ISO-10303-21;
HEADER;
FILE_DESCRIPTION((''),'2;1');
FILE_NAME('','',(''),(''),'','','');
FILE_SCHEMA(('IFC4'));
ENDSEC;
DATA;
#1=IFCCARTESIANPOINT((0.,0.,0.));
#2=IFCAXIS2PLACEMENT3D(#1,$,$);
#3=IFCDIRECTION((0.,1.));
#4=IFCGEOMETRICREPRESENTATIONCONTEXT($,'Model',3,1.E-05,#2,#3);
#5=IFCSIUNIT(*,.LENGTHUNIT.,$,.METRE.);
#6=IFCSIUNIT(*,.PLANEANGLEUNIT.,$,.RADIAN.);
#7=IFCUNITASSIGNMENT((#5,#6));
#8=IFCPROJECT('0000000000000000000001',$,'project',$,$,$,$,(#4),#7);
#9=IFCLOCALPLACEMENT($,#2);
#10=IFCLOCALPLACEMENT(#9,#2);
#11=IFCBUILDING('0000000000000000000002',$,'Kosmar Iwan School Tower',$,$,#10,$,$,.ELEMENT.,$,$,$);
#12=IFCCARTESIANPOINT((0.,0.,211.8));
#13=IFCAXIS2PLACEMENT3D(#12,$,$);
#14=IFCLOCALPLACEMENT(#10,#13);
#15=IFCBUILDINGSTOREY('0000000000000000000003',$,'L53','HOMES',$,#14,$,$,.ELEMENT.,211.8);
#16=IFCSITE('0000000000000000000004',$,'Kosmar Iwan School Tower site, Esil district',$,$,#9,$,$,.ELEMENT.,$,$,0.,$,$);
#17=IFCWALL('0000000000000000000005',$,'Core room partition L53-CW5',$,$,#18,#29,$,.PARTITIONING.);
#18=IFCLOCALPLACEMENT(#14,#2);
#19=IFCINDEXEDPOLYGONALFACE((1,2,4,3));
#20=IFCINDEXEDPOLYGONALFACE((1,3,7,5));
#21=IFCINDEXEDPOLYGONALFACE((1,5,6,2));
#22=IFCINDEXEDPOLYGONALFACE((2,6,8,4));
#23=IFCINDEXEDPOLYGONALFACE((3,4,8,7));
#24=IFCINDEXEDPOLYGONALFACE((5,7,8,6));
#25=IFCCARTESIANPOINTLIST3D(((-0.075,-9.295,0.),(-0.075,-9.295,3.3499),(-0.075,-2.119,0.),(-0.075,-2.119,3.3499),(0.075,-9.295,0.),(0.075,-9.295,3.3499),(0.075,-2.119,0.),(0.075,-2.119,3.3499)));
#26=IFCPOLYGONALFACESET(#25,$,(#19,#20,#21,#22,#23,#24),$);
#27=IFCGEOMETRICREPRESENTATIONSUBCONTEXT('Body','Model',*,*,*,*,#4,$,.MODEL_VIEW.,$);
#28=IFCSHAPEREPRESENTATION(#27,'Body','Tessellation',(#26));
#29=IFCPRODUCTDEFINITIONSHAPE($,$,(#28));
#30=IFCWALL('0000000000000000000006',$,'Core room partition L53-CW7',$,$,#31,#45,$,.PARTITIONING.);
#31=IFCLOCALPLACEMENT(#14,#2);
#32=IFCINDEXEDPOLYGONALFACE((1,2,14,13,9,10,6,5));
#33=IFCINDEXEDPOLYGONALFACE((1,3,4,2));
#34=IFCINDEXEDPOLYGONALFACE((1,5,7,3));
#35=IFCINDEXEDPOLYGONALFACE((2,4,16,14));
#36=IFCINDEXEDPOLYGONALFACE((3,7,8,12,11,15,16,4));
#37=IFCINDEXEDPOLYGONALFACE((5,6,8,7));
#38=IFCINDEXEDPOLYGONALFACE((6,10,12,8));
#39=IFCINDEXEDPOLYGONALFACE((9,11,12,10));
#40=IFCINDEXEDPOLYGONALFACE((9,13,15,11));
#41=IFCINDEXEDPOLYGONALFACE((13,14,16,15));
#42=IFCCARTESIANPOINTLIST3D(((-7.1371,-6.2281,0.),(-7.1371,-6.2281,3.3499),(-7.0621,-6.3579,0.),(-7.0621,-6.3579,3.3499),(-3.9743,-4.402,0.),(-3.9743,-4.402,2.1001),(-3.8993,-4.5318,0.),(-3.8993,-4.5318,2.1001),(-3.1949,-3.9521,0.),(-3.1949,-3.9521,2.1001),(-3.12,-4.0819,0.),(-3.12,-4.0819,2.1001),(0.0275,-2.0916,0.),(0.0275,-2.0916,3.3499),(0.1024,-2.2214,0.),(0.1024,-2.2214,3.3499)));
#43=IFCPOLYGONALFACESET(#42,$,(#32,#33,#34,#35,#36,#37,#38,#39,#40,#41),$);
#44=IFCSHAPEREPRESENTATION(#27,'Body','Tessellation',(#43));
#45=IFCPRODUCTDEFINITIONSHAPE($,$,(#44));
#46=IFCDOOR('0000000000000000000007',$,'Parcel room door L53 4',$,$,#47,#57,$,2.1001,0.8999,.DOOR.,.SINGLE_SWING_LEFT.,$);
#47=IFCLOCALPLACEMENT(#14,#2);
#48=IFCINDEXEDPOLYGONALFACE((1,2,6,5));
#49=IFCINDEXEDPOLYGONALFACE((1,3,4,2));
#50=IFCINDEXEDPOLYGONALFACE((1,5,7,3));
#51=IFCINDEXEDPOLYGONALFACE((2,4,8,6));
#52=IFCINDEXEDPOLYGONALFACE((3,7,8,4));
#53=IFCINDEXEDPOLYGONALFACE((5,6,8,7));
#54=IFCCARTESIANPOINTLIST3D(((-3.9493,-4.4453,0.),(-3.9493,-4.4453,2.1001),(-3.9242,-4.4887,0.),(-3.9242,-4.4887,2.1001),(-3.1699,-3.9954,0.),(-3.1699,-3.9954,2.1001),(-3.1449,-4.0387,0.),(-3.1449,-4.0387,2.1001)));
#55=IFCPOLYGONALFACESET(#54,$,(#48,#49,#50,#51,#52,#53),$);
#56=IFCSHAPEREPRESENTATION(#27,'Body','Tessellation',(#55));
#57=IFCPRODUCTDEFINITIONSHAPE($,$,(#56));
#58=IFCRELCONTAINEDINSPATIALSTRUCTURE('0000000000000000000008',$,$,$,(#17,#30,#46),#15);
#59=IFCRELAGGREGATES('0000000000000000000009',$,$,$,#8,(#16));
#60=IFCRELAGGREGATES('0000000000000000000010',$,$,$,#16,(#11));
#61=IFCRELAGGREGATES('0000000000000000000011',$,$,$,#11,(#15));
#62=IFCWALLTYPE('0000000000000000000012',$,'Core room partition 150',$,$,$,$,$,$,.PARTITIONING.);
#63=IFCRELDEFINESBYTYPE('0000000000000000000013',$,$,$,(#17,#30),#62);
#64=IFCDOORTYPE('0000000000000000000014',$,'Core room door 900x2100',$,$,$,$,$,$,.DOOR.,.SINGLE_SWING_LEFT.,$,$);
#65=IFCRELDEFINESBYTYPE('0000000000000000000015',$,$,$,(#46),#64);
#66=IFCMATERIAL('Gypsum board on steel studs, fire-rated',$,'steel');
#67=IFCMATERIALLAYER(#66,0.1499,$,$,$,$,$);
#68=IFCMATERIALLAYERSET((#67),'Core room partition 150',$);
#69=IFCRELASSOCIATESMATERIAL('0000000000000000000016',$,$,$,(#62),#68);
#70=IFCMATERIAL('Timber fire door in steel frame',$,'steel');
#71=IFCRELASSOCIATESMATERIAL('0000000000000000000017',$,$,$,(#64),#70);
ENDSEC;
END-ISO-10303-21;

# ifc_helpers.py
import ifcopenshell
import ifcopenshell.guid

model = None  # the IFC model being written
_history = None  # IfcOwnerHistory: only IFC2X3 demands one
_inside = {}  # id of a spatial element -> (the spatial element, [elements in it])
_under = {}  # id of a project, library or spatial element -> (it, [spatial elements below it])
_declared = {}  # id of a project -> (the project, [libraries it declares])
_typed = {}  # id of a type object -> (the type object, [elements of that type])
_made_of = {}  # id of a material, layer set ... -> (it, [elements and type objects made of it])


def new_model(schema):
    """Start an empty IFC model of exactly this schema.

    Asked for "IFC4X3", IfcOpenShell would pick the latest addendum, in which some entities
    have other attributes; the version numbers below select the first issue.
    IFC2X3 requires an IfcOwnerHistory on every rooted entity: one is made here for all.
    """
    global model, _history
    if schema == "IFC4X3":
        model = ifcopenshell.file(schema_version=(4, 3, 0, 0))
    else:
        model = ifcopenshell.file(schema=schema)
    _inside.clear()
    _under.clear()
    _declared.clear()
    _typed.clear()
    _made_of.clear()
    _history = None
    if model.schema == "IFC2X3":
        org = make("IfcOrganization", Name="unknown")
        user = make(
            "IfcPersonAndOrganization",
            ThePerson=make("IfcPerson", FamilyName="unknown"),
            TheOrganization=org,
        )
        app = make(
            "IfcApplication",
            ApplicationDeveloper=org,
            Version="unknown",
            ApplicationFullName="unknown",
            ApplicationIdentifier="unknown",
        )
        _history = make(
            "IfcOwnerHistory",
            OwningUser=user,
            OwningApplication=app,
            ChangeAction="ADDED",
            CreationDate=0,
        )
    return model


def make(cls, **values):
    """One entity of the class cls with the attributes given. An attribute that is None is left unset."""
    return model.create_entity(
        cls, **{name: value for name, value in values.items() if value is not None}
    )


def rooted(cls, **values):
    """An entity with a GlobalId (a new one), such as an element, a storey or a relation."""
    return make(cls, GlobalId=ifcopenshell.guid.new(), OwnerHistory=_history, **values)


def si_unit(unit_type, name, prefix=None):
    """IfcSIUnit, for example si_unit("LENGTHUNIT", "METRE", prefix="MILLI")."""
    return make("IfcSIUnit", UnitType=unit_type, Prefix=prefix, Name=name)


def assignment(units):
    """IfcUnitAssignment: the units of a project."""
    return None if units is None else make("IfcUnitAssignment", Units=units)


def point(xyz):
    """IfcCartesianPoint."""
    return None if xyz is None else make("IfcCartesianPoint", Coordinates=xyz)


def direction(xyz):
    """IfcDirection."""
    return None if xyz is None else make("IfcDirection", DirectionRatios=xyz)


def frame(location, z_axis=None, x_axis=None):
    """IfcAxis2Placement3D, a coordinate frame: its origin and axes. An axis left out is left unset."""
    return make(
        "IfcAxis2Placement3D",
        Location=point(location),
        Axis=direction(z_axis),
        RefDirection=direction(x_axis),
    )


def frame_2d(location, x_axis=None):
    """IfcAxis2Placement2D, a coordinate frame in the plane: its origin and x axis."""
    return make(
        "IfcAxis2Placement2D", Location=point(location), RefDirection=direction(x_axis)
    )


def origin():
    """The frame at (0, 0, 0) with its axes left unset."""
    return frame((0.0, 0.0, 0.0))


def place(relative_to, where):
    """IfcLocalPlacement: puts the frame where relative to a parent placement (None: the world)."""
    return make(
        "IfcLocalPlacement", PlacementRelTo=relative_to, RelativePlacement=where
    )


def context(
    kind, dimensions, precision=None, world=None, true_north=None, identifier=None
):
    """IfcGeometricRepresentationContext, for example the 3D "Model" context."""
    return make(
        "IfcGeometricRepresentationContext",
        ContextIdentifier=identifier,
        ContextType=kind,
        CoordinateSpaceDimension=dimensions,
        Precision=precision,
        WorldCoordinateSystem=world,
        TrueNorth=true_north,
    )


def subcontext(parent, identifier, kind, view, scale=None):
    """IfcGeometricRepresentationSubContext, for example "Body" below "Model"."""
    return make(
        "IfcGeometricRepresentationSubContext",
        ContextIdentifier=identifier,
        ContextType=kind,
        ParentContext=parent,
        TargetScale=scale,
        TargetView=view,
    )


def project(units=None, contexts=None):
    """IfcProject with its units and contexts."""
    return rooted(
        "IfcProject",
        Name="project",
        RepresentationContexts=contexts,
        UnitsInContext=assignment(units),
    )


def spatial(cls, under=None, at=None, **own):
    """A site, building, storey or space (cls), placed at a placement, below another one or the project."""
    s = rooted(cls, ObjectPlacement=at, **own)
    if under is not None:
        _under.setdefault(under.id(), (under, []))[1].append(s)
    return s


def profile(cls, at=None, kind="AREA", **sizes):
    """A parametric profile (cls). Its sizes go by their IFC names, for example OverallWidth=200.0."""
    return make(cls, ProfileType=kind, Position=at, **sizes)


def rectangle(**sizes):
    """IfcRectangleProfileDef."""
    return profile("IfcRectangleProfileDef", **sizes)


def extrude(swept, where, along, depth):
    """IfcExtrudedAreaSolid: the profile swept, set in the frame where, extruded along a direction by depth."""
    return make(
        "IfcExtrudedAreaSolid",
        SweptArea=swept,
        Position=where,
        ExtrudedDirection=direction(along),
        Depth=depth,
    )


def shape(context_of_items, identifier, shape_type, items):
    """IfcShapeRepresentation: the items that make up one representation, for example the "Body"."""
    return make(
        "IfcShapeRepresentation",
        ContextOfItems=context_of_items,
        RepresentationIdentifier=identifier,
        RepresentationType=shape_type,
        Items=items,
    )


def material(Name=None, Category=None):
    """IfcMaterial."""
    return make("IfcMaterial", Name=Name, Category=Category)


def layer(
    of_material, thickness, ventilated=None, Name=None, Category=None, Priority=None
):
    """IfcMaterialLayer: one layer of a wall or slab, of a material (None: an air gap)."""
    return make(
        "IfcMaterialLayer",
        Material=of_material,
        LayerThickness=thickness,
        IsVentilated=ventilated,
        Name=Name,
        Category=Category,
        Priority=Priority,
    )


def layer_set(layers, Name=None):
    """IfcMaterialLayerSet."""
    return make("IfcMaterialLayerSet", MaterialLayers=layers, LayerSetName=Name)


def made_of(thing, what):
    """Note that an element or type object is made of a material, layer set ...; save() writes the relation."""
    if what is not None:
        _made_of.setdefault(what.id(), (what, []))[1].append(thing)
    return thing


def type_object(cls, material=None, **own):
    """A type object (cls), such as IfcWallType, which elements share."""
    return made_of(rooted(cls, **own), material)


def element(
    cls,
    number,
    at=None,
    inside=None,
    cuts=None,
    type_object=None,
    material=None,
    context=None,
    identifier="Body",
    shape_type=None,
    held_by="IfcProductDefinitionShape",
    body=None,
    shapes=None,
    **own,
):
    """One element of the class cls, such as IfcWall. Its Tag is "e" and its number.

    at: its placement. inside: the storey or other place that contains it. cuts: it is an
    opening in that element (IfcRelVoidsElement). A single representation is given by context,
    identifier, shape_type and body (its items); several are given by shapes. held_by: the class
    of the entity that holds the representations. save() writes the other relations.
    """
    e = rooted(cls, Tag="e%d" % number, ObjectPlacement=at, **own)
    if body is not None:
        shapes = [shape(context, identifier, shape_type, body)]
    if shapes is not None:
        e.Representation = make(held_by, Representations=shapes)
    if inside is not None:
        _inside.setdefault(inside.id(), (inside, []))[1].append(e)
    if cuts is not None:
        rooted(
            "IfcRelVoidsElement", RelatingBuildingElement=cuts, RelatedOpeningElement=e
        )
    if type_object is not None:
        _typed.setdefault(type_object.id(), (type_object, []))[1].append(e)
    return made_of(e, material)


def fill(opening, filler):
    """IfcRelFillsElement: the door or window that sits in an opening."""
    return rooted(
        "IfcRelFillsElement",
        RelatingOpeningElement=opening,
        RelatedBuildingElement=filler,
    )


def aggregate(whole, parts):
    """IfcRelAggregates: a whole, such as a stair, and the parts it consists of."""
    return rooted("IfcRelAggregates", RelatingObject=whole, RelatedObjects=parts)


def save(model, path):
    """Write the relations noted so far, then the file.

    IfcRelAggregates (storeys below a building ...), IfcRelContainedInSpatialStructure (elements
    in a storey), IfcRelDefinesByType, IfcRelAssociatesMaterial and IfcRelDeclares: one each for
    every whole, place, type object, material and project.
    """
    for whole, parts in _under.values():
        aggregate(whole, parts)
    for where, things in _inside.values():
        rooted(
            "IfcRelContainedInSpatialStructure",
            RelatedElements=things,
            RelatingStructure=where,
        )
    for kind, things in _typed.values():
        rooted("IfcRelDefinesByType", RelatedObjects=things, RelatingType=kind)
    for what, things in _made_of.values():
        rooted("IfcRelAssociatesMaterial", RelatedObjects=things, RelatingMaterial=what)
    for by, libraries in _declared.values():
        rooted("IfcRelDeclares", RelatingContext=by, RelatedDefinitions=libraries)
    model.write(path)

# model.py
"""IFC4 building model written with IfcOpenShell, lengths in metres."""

from ifc_helpers import new_model, si_unit, direction, frame, frame_2d, origin, place, context, subcontext, project, spatial, rectangle, extrude, material, layer, layer_set, type_object, element, fill, save


model = new_model("IFC4")

# Units and contexts
model_context = context("Model", 3, precision=1e-05, world=origin(), true_north=direction((0.0, 1.0)))
body_context = subcontext(model_context, "Body", "Model", "MODEL_VIEW")
ifc_project = project(units=[si_unit("LENGTHUNIT", "METRE"), si_unit("PLANEANGLEUNIT", "RADIAN")], contexts=[model_context])

# Site, building, storey
site_placement = place(None, origin())
site = spatial("IfcSite", under=ifc_project, at=site_placement, Name="Kosmar Iwan School Tower site, Esil district", CompositionType="ELEMENT", RefElevation=0.0)
building_placement = place(site_placement, origin())
building = spatial("IfcBuilding", under=site, at=building_placement, Name="Kosmar Iwan School Tower", CompositionType="ELEMENT")
storey_placement = place(building_placement, frame((0.0, 0.0, 211.8)))
storey = spatial("IfcBuildingStorey", under=building, at=storey_placement, Name="L53", Description="HOMES", CompositionType="ELEMENT", Elevation=211.8)

# Wall
ifc_material_1 = material(Name="Gypsum board on steel studs, fire-rated", Category="steel")
ifc_layer_1 = layer(ifc_material_1, 0.1499)
ifc_layer_set_1 = layer_set([ifc_layer_1], Name="Core room partition 150")
wall_type_1 = type_object("IfcWallType", Name="Core room partition 150", PredefinedType="PARTITIONING", material=ifc_layer_set_1)
wall_1_placement = place(storey_placement, frame((0.0, -9.2949, 0.0), z_axis=(0.0, 0.0, 1.0), x_axis=(0.0, 1.0, 0.0)))
element("IfcWall", 1, at=wall_1_placement, inside=storey, type_object=wall_type_1, Name="Core room partition L53-CW5", PredefinedType="PARTITIONING", context=body_context, shape_type="SweptSolid", body=[
    extrude(rectangle(XDim=7.176, YDim=0.1499, at=frame_2d((3.5879, 0.0))), origin(), (0.0, 0.0, 1.0), 3.3499),
])

# Wall, opening, door
wall_2_placement = place(storey_placement, frame((-7.0996, -6.293, 0.0), z_axis=(0.0, 0.0, 1.0), x_axis=(0.866024, 0.500002, 0.0)))
wall_2 = element("IfcWall", 2, at=wall_2_placement, inside=storey, type_object=wall_type_1, Name="Core room partition L53-CW7", PredefinedType="PARTITIONING", context=body_context, shape_type="SweptSolid", body=[
    extrude(rectangle(XDim=8.2729, YDim=0.1499, at=frame_2d((4.1365, 0.0))), origin(), (0.0, 0.0, 1.0), 3.3499),
])
opening_1_placement = place(wall_2_placement, frame((3.6521, 0.0, 0.0)))
opening_1 = element("IfcOpeningElement", 3, at=opening_1_placement, cuts=wall_2, PredefinedType="OPENING", context=body_context, shape_type="SweptSolid", body=[
    extrude(rectangle(XDim=0.8999, YDim=2.1001, at=frame_2d((0.45, 1.05))), frame((0.0, 0.0869, 0.0), z_axis=(0.0, -1.0, 0.0), x_axis=(1.0, 0.0, 0.0)), (0.0, 0.0, 1.0), 0.1738),
])
ifc_material_2 = material(Name="Timber fire door in steel frame", Category="steel")
door_type_1 = type_object("IfcDoorType", Name="Core room door 900x2100", OperationType="SINGLE_SWING_LEFT", PredefinedType="DOOR", material=ifc_material_2)
door_1_placement = place(opening_1_placement, origin())
door_1 = element("IfcDoor", 4, at=door_1_placement, inside=storey, type_object=door_type_1, Name="Parcel room door L53 4", OperationType="SINGLE_SWING_LEFT", OverallHeight=2.1001, OverallWidth=0.8999, PredefinedType="DOOR", context=body_context, shape_type="SweptSolid", body=[
    extrude(rectangle(XDim=0.8999, YDim=2.1001, at=frame_2d((0.45, 1.05))), frame((0.0, 0.0249, 0.0), z_axis=(0.0, -1.0, 0.0), x_axis=(1.0, 0.0, 0.0)), (0.0, 0.0, 1.0), 0.05),
])
fill(opening_1, door_1)

save(model, "model.ifc")
